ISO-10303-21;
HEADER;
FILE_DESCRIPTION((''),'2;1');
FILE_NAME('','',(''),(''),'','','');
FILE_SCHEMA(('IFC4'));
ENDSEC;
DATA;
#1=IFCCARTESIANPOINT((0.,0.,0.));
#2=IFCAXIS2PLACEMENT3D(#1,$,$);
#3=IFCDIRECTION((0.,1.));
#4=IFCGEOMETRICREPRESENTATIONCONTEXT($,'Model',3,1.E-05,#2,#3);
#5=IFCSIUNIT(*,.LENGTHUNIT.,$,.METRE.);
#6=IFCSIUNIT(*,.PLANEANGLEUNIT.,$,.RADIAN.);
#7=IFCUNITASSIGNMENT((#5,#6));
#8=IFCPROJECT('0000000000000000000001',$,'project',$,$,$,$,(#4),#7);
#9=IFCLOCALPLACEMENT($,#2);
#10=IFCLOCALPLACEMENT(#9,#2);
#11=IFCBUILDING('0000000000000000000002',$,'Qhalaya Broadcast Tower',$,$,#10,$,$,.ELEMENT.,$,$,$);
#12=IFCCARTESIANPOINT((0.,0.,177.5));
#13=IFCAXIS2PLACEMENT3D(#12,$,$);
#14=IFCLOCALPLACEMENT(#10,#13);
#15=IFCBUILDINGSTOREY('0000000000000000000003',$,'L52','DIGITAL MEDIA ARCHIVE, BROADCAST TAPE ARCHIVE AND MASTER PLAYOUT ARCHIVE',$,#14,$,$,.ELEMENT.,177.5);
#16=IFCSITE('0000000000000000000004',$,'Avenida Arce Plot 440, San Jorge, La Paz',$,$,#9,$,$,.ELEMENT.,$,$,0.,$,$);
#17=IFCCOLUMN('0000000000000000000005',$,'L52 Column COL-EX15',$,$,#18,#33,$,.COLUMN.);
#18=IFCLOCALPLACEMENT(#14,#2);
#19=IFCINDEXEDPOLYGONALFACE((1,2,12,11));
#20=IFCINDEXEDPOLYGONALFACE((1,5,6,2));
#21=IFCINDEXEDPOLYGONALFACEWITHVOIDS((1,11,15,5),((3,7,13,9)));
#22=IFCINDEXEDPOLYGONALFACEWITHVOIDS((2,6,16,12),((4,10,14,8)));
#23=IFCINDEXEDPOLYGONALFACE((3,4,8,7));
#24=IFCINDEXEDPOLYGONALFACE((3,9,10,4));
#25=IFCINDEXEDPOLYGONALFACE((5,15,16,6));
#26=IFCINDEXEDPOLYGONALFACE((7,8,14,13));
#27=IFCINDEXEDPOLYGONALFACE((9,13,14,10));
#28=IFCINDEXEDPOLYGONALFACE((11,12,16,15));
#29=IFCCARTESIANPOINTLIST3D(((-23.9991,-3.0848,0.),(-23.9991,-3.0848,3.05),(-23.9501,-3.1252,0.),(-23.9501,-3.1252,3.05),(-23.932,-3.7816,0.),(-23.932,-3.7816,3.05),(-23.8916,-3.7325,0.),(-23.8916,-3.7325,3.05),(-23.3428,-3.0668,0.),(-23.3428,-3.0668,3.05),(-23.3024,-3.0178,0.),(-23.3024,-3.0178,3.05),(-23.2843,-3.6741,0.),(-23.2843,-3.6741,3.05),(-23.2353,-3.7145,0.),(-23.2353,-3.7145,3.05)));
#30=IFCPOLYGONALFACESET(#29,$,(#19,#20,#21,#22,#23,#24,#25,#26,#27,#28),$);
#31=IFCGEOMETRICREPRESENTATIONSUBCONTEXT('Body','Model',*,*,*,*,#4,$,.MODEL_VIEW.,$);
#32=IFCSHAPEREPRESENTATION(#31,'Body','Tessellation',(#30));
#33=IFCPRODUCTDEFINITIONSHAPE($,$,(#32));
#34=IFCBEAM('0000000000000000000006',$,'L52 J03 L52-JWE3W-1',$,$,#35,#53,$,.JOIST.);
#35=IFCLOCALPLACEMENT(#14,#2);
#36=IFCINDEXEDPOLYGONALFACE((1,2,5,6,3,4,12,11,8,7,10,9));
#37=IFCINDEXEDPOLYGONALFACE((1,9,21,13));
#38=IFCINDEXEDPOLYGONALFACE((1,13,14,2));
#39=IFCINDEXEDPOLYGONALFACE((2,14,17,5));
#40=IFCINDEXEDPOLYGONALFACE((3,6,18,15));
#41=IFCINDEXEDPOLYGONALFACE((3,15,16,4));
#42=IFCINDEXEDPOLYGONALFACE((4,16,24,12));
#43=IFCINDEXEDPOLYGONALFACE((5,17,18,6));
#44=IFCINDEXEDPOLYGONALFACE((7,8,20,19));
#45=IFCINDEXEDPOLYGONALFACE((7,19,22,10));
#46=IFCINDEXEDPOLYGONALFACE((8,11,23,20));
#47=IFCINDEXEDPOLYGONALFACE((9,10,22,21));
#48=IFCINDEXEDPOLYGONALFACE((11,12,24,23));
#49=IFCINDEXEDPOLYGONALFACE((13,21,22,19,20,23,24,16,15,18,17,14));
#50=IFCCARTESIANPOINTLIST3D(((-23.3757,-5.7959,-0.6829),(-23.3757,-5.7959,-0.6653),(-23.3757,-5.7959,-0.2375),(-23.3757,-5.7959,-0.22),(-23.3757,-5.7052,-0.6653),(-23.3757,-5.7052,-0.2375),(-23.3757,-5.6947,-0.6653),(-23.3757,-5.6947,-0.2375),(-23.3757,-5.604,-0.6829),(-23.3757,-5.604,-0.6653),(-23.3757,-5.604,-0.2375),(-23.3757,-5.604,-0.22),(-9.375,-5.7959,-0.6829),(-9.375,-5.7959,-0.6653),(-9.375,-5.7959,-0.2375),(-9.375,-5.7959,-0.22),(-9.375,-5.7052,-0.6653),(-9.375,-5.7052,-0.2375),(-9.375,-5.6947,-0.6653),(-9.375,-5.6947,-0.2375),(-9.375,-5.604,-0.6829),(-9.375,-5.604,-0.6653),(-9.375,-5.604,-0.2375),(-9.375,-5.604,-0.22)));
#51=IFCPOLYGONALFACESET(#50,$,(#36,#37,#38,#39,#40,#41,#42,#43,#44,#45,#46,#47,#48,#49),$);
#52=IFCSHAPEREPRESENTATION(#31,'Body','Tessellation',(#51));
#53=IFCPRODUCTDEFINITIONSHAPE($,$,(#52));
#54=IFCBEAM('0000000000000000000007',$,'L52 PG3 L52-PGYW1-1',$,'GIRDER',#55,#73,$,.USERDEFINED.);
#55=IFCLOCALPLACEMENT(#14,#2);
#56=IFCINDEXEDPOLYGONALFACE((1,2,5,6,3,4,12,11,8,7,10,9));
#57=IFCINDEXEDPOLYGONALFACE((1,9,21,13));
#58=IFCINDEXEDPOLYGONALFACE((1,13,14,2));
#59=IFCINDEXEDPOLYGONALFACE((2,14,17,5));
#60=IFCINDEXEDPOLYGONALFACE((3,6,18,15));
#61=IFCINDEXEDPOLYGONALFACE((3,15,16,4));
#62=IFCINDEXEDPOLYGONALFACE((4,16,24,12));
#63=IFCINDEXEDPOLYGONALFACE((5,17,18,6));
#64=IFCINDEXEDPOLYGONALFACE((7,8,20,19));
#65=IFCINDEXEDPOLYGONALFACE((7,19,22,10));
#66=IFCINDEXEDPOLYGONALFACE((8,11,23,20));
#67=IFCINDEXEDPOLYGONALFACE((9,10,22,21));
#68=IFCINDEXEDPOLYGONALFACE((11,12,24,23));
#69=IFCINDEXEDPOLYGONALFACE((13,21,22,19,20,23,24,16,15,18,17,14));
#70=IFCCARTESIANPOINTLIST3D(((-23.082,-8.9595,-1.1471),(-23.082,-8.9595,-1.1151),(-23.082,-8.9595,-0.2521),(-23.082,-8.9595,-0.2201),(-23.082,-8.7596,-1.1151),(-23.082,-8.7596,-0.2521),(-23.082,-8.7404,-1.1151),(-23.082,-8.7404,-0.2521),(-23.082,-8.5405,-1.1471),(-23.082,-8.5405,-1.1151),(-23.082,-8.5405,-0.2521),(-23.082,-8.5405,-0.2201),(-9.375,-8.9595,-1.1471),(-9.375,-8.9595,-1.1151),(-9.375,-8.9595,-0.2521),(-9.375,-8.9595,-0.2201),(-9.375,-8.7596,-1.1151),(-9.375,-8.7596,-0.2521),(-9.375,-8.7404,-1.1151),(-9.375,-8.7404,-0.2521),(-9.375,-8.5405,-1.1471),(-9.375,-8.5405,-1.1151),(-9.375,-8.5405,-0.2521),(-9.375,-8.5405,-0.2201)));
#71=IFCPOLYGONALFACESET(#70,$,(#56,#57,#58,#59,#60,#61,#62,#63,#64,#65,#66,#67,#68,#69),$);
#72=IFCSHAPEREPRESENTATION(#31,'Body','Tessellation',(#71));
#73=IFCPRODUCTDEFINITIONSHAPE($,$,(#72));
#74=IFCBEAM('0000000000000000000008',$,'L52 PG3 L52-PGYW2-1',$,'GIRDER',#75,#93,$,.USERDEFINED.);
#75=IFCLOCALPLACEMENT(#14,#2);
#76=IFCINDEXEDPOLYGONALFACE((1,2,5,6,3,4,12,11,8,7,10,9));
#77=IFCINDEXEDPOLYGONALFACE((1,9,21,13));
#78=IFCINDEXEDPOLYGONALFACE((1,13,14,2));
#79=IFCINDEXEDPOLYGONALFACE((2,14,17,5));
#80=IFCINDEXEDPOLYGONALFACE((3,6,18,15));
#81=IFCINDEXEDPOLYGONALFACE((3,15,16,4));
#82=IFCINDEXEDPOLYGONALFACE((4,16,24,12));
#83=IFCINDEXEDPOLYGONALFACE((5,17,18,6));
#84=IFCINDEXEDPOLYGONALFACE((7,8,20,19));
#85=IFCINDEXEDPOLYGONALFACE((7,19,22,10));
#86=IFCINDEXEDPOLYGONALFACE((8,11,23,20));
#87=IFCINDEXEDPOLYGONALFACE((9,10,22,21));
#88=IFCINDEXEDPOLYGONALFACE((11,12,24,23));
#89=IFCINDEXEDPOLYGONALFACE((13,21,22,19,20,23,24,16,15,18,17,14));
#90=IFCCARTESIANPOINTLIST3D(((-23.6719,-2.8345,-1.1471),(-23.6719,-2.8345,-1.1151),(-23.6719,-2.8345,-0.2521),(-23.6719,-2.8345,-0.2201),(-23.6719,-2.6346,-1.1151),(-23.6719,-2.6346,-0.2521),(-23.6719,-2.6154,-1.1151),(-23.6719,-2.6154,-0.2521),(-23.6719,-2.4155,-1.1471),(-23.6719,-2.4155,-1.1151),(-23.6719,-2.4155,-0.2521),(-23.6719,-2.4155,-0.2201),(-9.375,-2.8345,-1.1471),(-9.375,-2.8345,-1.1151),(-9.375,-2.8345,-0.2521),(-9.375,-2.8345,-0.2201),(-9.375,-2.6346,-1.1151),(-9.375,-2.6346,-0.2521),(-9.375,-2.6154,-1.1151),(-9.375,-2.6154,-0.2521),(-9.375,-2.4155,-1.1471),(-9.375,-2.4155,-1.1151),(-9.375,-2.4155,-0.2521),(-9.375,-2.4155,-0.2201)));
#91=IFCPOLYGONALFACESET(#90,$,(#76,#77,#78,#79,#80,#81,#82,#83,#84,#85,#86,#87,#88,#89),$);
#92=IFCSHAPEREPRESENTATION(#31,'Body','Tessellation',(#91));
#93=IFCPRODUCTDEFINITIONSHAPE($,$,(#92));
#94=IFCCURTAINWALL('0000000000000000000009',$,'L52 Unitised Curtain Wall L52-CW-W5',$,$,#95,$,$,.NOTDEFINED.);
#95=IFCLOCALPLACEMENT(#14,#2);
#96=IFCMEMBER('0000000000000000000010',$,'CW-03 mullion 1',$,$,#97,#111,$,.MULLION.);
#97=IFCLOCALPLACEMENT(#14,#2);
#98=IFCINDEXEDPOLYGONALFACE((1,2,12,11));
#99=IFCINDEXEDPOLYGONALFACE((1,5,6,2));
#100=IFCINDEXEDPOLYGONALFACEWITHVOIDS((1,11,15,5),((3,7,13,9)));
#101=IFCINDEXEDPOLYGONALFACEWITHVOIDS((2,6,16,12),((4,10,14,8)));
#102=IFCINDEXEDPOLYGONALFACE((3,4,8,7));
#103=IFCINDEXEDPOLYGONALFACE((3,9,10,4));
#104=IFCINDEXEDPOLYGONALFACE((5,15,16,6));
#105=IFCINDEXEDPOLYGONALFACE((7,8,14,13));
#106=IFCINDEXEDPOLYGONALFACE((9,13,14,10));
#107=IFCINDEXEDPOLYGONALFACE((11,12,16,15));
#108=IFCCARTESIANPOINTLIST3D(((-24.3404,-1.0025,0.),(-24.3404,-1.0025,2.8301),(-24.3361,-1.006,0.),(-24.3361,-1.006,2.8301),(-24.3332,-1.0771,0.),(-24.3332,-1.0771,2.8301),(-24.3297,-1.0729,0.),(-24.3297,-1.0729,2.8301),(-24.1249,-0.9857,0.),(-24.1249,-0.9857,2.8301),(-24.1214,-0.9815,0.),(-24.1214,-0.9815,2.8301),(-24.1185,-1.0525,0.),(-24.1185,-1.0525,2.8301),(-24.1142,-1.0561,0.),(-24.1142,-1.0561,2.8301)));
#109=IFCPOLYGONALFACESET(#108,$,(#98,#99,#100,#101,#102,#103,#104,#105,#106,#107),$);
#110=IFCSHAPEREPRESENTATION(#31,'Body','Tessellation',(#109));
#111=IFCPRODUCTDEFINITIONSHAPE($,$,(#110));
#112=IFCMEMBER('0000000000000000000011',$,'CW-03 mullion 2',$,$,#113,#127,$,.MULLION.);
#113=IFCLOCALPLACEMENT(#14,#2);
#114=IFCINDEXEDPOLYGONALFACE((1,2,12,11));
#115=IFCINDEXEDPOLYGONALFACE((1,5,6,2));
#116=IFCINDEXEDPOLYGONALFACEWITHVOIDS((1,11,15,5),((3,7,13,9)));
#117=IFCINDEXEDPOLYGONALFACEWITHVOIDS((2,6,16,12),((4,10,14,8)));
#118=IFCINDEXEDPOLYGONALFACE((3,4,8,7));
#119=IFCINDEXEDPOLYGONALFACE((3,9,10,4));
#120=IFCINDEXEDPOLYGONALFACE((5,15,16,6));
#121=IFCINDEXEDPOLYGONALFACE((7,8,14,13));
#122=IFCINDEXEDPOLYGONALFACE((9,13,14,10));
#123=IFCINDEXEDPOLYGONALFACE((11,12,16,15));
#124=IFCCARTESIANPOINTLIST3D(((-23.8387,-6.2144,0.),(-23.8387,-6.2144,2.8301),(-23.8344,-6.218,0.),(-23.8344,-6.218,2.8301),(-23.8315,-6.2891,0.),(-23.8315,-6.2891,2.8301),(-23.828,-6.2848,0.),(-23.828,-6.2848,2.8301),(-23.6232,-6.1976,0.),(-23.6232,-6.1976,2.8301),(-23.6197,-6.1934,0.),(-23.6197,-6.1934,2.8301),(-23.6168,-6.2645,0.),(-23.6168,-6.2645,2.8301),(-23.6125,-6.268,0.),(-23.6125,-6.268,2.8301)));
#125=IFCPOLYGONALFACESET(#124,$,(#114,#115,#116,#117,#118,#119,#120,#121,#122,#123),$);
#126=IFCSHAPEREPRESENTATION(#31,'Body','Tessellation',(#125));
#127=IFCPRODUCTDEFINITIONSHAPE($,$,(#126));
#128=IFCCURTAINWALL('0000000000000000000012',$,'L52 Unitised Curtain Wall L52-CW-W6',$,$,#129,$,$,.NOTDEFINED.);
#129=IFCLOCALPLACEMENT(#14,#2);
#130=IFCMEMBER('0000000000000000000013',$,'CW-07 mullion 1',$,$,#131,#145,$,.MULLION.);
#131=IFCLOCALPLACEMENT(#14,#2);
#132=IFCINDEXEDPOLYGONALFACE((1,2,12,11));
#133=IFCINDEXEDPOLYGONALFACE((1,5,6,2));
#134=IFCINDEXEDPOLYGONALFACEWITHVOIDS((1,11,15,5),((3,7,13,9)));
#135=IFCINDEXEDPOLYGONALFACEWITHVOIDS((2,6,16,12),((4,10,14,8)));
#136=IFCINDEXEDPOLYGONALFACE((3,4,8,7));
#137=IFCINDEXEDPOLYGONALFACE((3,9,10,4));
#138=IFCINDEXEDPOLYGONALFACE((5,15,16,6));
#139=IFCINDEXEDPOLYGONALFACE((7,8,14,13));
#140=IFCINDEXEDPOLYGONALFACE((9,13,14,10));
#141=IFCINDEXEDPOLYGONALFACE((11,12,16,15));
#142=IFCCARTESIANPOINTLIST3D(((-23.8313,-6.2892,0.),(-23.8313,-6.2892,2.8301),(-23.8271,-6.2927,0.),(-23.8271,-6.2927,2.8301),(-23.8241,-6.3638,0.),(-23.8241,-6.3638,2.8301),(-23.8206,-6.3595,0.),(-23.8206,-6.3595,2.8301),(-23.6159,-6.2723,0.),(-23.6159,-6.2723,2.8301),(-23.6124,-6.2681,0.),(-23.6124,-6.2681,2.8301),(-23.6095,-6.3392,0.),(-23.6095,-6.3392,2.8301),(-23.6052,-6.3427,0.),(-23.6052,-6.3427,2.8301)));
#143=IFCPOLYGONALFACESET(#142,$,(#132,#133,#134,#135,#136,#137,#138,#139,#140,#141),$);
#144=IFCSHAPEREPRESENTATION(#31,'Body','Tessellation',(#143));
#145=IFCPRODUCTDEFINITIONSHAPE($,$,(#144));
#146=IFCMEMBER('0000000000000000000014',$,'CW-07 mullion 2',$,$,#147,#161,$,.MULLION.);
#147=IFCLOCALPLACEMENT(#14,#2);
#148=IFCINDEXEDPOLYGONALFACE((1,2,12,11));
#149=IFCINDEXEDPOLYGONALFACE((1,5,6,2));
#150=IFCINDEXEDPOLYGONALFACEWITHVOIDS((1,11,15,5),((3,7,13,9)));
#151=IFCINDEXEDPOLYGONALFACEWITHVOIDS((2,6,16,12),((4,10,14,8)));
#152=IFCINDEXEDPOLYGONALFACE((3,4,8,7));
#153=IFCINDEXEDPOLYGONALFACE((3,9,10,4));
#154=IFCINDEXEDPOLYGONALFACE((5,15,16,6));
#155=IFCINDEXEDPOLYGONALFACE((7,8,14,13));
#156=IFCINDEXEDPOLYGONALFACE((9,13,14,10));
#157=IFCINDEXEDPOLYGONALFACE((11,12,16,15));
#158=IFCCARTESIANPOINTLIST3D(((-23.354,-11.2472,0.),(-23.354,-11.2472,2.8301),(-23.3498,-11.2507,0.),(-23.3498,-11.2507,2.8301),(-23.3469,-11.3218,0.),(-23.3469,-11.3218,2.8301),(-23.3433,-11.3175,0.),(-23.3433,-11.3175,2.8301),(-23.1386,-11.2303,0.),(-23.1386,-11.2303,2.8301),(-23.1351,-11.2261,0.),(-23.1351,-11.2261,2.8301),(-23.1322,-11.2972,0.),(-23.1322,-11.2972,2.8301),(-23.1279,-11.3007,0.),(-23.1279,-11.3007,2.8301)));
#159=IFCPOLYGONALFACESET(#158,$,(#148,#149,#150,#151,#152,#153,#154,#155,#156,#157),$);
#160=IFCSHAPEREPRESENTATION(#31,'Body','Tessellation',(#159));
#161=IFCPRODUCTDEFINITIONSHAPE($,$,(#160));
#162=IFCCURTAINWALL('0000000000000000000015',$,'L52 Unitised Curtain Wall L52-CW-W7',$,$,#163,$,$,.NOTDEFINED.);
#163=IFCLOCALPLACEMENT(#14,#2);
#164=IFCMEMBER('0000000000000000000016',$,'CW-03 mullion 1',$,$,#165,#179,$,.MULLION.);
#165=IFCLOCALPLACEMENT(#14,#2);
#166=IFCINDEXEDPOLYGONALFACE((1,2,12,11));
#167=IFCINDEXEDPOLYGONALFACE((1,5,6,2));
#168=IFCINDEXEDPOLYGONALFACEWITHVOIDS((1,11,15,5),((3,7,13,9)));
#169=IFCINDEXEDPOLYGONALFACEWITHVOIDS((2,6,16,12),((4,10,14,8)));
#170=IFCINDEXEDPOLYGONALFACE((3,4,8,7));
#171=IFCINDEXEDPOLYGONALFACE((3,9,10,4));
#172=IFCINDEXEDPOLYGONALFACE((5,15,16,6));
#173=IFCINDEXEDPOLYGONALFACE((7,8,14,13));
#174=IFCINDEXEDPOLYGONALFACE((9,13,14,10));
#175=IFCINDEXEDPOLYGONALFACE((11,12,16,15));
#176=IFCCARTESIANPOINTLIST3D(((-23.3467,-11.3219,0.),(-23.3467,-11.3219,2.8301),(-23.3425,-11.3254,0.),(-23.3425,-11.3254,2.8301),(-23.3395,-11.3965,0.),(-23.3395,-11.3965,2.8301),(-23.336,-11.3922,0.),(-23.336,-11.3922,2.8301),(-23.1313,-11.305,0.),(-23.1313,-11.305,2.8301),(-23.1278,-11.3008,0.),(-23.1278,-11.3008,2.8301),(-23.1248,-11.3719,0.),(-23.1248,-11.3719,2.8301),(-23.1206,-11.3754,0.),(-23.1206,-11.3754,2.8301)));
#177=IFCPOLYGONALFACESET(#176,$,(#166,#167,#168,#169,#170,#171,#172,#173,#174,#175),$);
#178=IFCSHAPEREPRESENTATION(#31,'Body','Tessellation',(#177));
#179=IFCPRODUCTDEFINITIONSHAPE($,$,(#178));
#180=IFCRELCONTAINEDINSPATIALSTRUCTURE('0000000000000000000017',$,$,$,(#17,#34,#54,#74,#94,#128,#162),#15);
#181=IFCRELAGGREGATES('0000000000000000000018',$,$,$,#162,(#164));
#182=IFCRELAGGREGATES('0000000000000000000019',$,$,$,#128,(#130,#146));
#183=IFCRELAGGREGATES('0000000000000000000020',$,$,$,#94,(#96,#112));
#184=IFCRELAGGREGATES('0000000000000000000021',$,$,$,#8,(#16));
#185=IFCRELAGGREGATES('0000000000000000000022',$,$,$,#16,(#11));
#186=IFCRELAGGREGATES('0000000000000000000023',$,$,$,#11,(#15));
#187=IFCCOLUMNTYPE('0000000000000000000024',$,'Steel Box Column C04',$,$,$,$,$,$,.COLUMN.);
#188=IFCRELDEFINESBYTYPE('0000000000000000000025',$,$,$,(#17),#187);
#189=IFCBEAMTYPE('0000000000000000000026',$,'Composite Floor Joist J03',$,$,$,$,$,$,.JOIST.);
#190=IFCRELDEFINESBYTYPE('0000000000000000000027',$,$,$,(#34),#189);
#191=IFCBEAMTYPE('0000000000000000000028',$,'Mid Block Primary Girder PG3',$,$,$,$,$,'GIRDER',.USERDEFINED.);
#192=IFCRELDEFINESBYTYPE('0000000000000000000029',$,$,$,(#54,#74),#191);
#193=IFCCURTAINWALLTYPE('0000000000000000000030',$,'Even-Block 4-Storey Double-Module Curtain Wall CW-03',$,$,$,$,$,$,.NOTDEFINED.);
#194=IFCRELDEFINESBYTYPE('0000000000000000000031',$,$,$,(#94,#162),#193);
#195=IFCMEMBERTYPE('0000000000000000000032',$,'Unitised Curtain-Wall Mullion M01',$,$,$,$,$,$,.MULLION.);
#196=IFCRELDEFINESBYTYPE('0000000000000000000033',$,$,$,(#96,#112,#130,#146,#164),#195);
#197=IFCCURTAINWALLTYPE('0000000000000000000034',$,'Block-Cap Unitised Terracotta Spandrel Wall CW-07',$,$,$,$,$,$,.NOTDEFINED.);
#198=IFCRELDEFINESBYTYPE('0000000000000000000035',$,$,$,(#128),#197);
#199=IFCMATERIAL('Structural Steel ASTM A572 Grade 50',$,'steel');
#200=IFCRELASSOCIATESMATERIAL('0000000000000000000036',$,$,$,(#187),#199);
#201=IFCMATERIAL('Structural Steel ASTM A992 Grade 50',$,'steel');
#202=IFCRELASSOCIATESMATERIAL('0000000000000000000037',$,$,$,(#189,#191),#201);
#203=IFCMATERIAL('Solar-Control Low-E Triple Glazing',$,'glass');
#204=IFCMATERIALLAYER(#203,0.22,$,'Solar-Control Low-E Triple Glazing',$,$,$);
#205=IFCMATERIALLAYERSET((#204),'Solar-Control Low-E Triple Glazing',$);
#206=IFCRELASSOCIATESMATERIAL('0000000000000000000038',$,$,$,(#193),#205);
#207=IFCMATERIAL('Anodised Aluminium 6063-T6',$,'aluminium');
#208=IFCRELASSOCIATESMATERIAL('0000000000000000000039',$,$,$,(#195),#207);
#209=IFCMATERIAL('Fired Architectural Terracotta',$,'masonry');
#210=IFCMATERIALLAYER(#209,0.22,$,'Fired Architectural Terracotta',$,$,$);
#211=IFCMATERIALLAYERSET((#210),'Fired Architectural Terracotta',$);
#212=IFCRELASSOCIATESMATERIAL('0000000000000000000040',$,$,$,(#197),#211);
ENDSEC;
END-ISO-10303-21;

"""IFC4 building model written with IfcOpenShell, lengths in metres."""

from ifc_helpers import new_model, si_unit, direction, frame, origin, origin_2d, place, context, subcontext, project, spatial, hollow_rectangle, i_section, extrude, material, layer, layer_set, material_profile, profile_set, type_object, element, aggregate, save


model = new_model("IFC4")

# Units and contexts
model_context = context("Model", 3, precision=1e-05, world=origin(), true_north=direction((0.0, 1.0)))
body_context = subcontext(model_context, "Body", "Model", "MODEL_VIEW")
ifc_project = project(units=[si_unit("LENGTHUNIT", "METRE"), si_unit("PLANEANGLEUNIT", "RADIAN")], contexts=[model_context])

# Site, building, storey
site_placement = place(None, origin())
site = spatial("IfcSite", under=ifc_project, at=site_placement, Name="Avenida Arce Plot 440, San Jorge, La Paz", CompositionType="ELEMENT", RefElevation=0.0)
building_placement = place(site_placement, origin())
building = spatial("IfcBuilding", under=site, at=building_placement, Name="Qhalaya Broadcast Tower", CompositionType="ELEMENT")
storey_placement = place(building_placement, frame((0.0, 0.0, 177.5)))
storey = spatial("IfcBuildingStorey", under=building, at=storey_placement, Name="L52", Description="DIGITAL MEDIA ARCHIVE, BROADCAST TAPE ARCHIVE AND MASTER PLAYOUT ARCHIVE", CompositionType="ELEMENT", Elevation=177.5)

# Column
ifc_material_1 = material(Name="Structural Steel ASTM A572 Grade 50", Category="steel")
ifc_material_profile_1 = material_profile(ifc_material_1, hollow_rectangle(XDim=0.7, YDim=0.7, WallThickness=0.0449, at=origin_2d()), Name="BOX 700x700x45")
ifc_profile_set_1 = profile_set([ifc_material_profile_1], Name="Structural Steel ASTM A572 Grade 50")
column_type = type_object("IfcColumnType", Name="Steel Box Column C04", PredefinedType="COLUMN", material=ifc_profile_set_1)
column_placement = place(storey_placement, frame((-23.6172, -3.3997, 0.0), z_axis=(0.0, 0.0, 1.0), x_axis=(-0.095846, 0.995396, 0.0)))
element("IfcColumn", 1, at=column_placement, inside=storey, type_object=column_type, Name="L52 Column COL-EX15", PredefinedType="COLUMN", context=body_context, shape_type="SweptSolid", body=[
    extrude(hollow_rectangle(XDim=0.7, YDim=0.7, WallThickness=0.0449, at=origin_2d()), origin(), (0.0, 0.0, 1.0), 3.05),
])

# Beams
ifc_material_2 = material(Name="Structural Steel ASTM A992 Grade 50", Category="steel")
ifc_material_profile_2 = material_profile(ifc_material_2, i_section(OverallWidth=0.1919, OverallDepth=0.4629, WebThickness=0.0105, FlangeThickness=0.0176, at=origin_2d()), Name="W18X60")
ifc_profile_set_2 = profile_set([ifc_material_profile_2], Name="Structural Steel ASTM A992 Grade 50")
beam_type_1 = type_object("IfcBeamType", Name="Composite Floor Joist J03", PredefinedType="JOIST", material=ifc_profile_set_2)
beam_1_placement = place(storey_placement, frame((-23.3757, -5.7, -0.4514), z_axis=(1.0, 0.0, 0.0), x_axis=(0.0, 1.0, 0.0)))
element("IfcBeam", 2, at=beam_1_placement, inside=storey, type_object=beam_type_1, Name="L52 J03 L52-JWE3W-1", PredefinedType="JOIST", context=body_context, shape_type="SweptSolid", body=[
    extrude(i_section(OverallWidth=0.1919, OverallDepth=0.4629, WebThickness=0.0105, FlangeThickness=0.0176, at=origin_2d()), origin(), (0.0, 0.0, 1.0), 14.0007),
])
ifc_material_profile_3 = material_profile(ifc_material_2, i_section(OverallWidth=0.4189, OverallDepth=0.927, WebThickness=0.0193, FlangeThickness=0.032, at=origin_2d()), Name="W36X231")
ifc_profile_set_3 = profile_set([ifc_material_profile_3], Name="Structural Steel ASTM A992 Grade 50")
beam_type_2 = type_object("IfcBeamType", Name="Mid Block Primary Girder PG3", ElementType="GIRDER", PredefinedType="USERDEFINED", material=ifc_profile_set_3)
beam_2_placement = place(storey_placement, frame((-23.082, -8.75, -0.6836), z_axis=(1.0, 0.0, 0.0), x_axis=(0.0, 1.0, 0.0)))
element("IfcBeam", 3, at=beam_2_placement, inside=storey, type_object=beam_type_2, Name="L52 PG3 L52-PGYW1-1", ObjectType="GIRDER", PredefinedType="USERDEFINED", context=body_context, shape_type="SweptSolid", body=[
    extrude(i_section(OverallWidth=0.4189, OverallDepth=0.927, WebThickness=0.0193, FlangeThickness=0.032, at=origin_2d()), origin(), (0.0, 0.0, 1.0), 13.707),
])
beam_3_placement = place(storey_placement, frame((-23.6719, -2.625, -0.6836), z_axis=(1.0, 0.0, 0.0), x_axis=(0.0, 1.0, 0.0)))
element("IfcBeam", 4, at=beam_3_placement, inside=storey, type_object=beam_type_2, Name="L52 PG3 L52-PGYW2-1", ObjectType="GIRDER", PredefinedType="USERDEFINED", context=body_context, shape_type="SweptSolid", body=[
    extrude(i_section(OverallWidth=0.4189, OverallDepth=0.927, WebThickness=0.0193, FlangeThickness=0.032, at=origin_2d()), origin(), (0.0, 0.0, 1.0), 14.2969),
])

# Curtain walls, members
ifc_material_3 = material(Name="Solar-Control Low-E Triple Glazing", Category="glass")
ifc_layer_1 = layer(ifc_material_3, 0.22, Name="Solar-Control Low-E Triple Glazing")
ifc_layer_set_1 = layer_set([ifc_layer_1], Name="Solar-Control Low-E Triple Glazing")
curtain_wall_type_1 = type_object("IfcCurtainWallType", Name="Even-Block 4-Storey Double-Module Curtain Wall CW-03", PredefinedType="NOTDEFINED", material=ifc_layer_set_1)
curtain_wall_1_placement = place(storey_placement, origin())
curtain_wall_1 = element("IfcCurtainWall", 5, at=curtain_wall_1_placement, inside=storey, type_object=curtain_wall_type_1, Name="L52 Unitised Curtain Wall L52-CW-W5", PredefinedType="NOTDEFINED")
ifc_material_4 = material(Name="Anodised Aluminium 6063-T6", Category="aluminium")
ifc_material_profile_4 = material_profile(ifc_material_4, hollow_rectangle(XDim=0.075, YDim=0.22, WallThickness=0.0039, at=origin_2d()), Name="ALU-MUL 75x220x4")
ifc_profile_set_4 = profile_set([ifc_material_profile_4], Name="Anodised Aluminium 6063-T6")
member_type_1 = type_object("IfcMemberType", Name="Unitised Curtain-Wall Mullion M01", PredefinedType="MULLION", material=ifc_profile_set_4)
member_1_placement = place(storey_placement, frame((-24.2273, -1.0293, 0.0), z_axis=(0.0, 0.0, 1.0), x_axis=(0.095838, -0.995397, 0.0)))
member_1 = element("IfcMember", 6, at=member_1_placement, type_object=member_type_1, Name="CW-03 mullion 1", PredefinedType="MULLION", context=body_context, shape_type="SweptSolid", body=[
    extrude(hollow_rectangle(XDim=0.075, YDim=0.22, WallThickness=0.0039, at=origin_2d()), origin(), (0.0, 0.0, 1.0), 2.8301),
])
member_2_placement = place(storey_placement, frame((-23.7256, -6.2412, 0.0), z_axis=(0.0, 0.0, 1.0), x_axis=(0.095838, -0.995397, 0.0)))
member_2 = element("IfcMember", 7, at=member_2_placement, type_object=member_type_1, Name="CW-03 mullion 2", PredefinedType="MULLION", context=body_context, shape_type="SweptSolid", body=[
    extrude(hollow_rectangle(XDim=0.075, YDim=0.22, WallThickness=0.0039, at=origin_2d()), origin(), (0.0, 0.0, 1.0), 2.8301),
])
ifc_material_5 = material(Name="Fired Architectural Terracotta", Category="masonry")
ifc_layer_2 = layer(ifc_material_5, 0.22, Name="Fired Architectural Terracotta")
ifc_layer_set_2 = layer_set([ifc_layer_2], Name="Fired Architectural Terracotta")
curtain_wall_type_2 = type_object("IfcCurtainWallType", Name="Block-Cap Unitised Terracotta Spandrel Wall CW-07", PredefinedType="NOTDEFINED", material=ifc_layer_set_2)
curtain_wall_2_placement = place(storey_placement, origin())
curtain_wall_2 = element("IfcCurtainWall", 8, at=curtain_wall_2_placement, inside=storey, type_object=curtain_wall_type_2, Name="L52 Unitised Curtain Wall L52-CW-W6", PredefinedType="NOTDEFINED")
member_3_placement = place(storey_placement, frame((-23.7183, -6.3159, 0.0), z_axis=(0.0, 0.0, 1.0), x_axis=(0.095847, -0.995396, 0.0)))
member_3 = element("IfcMember", 9, at=member_3_placement, type_object=member_type_1, Name="CW-07 mullion 1", PredefinedType="MULLION", context=body_context, shape_type="SweptSolid", body=[
    extrude(hollow_rectangle(XDim=0.075, YDim=0.22, WallThickness=0.0039, at=origin_2d()), origin(), (0.0, 0.0, 1.0), 2.8301),
])
member_4_placement = place(storey_placement, frame((-23.241, -11.2739, 0.0), z_axis=(0.0, 0.0, 1.0), x_axis=(0.095847, -0.995396, 0.0)))
member_4 = element("IfcMember", 10, at=member_4_placement, type_object=member_type_1, Name="CW-07 mullion 2", PredefinedType="MULLION", context=body_context, shape_type="SweptSolid", body=[
    extrude(hollow_rectangle(XDim=0.075, YDim=0.22, WallThickness=0.0039, at=origin_2d()), origin(), (0.0, 0.0, 1.0), 2.8301),
])

# Curtain wall, member
curtain_wall_3_placement = place(storey_placement, origin())
curtain_wall_3 = element("IfcCurtainWall", 11, at=curtain_wall_3_placement, inside=storey, type_object=curtain_wall_type_1, Name="L52 Unitised Curtain Wall L52-CW-W7", PredefinedType="NOTDEFINED")
member_5_placement = place(storey_placement, frame((-23.2336, -11.3486, 0.0), z_axis=(0.0, 0.0, 1.0), x_axis=(0.095874, -0.995393, 0.0)))
member_5 = element("IfcMember", 12, at=member_5_placement, type_object=member_type_1, Name="CW-03 mullion 1", PredefinedType="MULLION", context=body_context, shape_type="SweptSolid", body=[
    extrude(hollow_rectangle(XDim=0.075, YDim=0.22, WallThickness=0.0039, at=origin_2d()), origin(), (0.0, 0.0, 1.0), 2.8301),
])

aggregate(curtain_wall_3, [member_5])

aggregate(curtain_wall_2, [member_3, member_4])
aggregate(curtain_wall_1, [member_1, member_2])

save(model, "model.ifc")
